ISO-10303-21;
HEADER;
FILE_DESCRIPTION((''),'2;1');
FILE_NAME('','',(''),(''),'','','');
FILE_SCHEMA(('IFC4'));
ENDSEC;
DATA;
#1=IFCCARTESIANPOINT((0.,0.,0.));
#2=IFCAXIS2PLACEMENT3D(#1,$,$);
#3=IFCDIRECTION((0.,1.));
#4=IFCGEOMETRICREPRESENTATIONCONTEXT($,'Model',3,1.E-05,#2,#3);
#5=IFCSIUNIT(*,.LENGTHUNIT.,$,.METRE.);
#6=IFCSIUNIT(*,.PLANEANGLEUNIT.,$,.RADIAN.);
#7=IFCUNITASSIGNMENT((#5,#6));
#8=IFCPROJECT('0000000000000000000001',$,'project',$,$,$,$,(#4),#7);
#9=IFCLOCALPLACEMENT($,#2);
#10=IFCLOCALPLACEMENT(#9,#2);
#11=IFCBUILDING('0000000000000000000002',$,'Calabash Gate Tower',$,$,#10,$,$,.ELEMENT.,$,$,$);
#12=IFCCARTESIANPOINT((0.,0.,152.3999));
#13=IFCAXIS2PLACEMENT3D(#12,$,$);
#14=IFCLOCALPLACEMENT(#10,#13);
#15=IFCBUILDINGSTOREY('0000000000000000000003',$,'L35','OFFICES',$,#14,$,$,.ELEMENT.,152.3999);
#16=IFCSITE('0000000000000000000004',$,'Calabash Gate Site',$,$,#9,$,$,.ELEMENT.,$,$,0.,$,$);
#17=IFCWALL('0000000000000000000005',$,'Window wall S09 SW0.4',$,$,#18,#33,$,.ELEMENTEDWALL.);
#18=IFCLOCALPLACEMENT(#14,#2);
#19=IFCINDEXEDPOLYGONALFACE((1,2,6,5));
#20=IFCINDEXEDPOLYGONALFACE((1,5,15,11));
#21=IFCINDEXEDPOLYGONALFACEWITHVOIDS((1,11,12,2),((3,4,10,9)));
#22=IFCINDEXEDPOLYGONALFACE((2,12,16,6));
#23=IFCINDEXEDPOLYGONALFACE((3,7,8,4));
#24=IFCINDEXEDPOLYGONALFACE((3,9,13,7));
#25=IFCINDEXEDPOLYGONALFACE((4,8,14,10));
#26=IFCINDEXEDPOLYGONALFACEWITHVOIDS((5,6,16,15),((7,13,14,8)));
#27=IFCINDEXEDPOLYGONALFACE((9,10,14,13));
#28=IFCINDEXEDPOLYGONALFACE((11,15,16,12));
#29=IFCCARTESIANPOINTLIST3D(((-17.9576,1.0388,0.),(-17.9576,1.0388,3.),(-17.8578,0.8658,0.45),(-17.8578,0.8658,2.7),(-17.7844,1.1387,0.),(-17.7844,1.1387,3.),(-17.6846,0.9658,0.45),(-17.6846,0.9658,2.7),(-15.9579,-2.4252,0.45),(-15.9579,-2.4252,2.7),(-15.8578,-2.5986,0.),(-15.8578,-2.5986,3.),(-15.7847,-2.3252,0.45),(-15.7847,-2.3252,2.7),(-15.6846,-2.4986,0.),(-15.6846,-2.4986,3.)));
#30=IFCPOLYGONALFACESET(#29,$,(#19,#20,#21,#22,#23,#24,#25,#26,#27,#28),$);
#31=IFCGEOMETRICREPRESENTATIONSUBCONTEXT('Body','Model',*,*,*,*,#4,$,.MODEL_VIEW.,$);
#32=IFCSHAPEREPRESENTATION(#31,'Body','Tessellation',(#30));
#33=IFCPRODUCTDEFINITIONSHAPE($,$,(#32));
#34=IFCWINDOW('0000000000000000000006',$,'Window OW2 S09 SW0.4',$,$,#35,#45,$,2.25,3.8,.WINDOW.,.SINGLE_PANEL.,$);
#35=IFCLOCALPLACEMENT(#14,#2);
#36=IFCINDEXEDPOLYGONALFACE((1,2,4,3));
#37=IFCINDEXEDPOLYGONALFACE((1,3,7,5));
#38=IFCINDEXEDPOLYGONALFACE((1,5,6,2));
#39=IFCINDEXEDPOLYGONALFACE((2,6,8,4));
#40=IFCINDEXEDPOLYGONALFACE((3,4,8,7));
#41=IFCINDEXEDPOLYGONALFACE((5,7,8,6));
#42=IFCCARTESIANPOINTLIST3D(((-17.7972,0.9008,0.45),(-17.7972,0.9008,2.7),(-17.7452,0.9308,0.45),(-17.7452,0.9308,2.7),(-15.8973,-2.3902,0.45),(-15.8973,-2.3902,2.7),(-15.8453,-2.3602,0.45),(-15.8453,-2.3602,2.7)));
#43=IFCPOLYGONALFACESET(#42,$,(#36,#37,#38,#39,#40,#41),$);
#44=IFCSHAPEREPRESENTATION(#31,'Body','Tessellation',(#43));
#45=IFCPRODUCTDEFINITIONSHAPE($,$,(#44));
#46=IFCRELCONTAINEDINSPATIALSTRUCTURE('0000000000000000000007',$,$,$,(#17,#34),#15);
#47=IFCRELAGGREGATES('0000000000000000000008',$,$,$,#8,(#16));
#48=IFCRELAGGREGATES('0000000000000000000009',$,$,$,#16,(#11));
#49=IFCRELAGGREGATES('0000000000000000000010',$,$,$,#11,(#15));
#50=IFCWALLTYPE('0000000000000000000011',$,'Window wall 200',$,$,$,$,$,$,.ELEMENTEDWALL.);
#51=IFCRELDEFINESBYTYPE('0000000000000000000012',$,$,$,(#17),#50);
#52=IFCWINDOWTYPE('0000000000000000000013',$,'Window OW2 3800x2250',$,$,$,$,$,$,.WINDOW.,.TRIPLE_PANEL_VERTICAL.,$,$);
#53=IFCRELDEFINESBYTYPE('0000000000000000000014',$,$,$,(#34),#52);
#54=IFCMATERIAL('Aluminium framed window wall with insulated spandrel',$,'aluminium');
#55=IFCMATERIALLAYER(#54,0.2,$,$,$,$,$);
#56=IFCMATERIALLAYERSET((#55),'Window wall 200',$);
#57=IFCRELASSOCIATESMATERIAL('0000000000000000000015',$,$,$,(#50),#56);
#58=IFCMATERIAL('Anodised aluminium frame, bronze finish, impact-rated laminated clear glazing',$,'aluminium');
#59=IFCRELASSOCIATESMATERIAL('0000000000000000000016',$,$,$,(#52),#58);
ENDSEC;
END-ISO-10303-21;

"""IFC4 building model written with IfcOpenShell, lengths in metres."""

from ifc_helpers import new_model, si_unit, direction, frame, frame_2d, origin, place, context, subcontext, project, spatial, rectangle, extrude, material, layer, layer_set, type_object, element, fill, save


model = new_model("IFC4")

# Units and contexts
model_context = context("Model", 3, precision=1e-05, world=origin(), true_north=direction((0.0, 1.0)))
body_context = subcontext(model_context, "Body", "Model", "MODEL_VIEW")
ifc_project = project(units=[si_unit("LENGTHUNIT", "METRE"), si_unit("PLANEANGLEUNIT", "RADIAN")], contexts=[model_context])

# Site, building, storey
site_placement = place(None, origin())
site = spatial("IfcSite", under=ifc_project, at=site_placement, Name="Calabash Gate Site", CompositionType="ELEMENT", RefElevation=0.0)
building_placement = place(site_placement, origin())
building = spatial("IfcBuilding", under=site, at=building_placement, Name="Calabash Gate Tower", CompositionType="ELEMENT")
storey_placement = place(building_placement, frame((0.0, 0.0, 152.3999)))
storey = spatial("IfcBuildingStorey", under=building, at=storey_placement, Name="L35", Description="OFFICES", CompositionType="ELEMENT", Elevation=152.3999)

# Shared definitions
ifc_material_1 = material(Name="Aluminium framed window wall with insulated spandrel", Category="aluminium")
ifc_layer_1 = layer(ifc_material_1, 0.2)
ifc_layer_set_1 = layer_set([ifc_layer_1], Name="Window wall 200")
wall_type_1 = type_object("IfcWallType", Name="Window wall 200", PredefinedType="ELEMENTEDWALL", material=ifc_layer_set_1)
ifc_material_2 = material(Name="Anodised aluminium frame, bronze finish, impact-rated laminated clear glazing", Category="aluminium")
window_type_1 = type_object("IfcWindowType", Name="Window OW2 3800x2250", PartitioningType="TRIPLE_PANEL_VERTICAL", PredefinedType="WINDOW", material=ifc_material_2)

# Wall, opening, window
wall_1_placement = place(storey_placement, frame((-17.8711, 1.0889, 0.0), z_axis=(0.0, 0.0, 1.0), x_axis=(0.499959, -0.866049, 0.0)))
wall_1 = element("IfcWall", 1, at=wall_1_placement, inside=storey, type_object=wall_type_1, Name="Window wall S09 SW0.4", PredefinedType="ELEMENTEDWALL", context=body_context, shape_type="SweptSolid", body=[
    extrude(rectangle(XDim=4.2, YDim=0.2, at=frame_2d((2.1001, 0.0))), origin(), (0.0, 0.0, 1.0), 3.0),
])
opening_1_placement = place(wall_1_placement, frame((0.2, 0.0, 0.45)))
opening_1 = element("IfcOpeningElement", 2, at=opening_1_placement, cuts=wall_1, PredefinedType="OPENING", context=body_context, shape_type="SweptSolid", body=[
    extrude(rectangle(XDim=3.8, YDim=2.25, at=frame_2d((1.8999, 1.125))), frame((0.0, 0.1099, 0.0), z_axis=(0.0, -1.0, 0.0), x_axis=(1.0, 0.0, 0.0)), (0.0, 0.0, 1.0), 0.22),
])
window_1_placement = place(opening_1_placement, origin())
window_1 = element("IfcWindow", 3, at=window_1_placement, inside=storey, type_object=window_type_1, Name="Window OW2 S09 SW0.4", OverallHeight=2.25, OverallWidth=3.8, PartitioningType="SINGLE_PANEL", PredefinedType="WINDOW", context=body_context, shape_type="SweptSolid", body=[
    extrude(rectangle(XDim=3.8, YDim=2.25, at=frame_2d((1.8999, 1.125))), frame((0.0, 0.03, 0.0), z_axis=(0.0, -1.0, 0.0), x_axis=(1.0, 0.0, 0.0)), (0.0, 0.0, 1.0), 0.0601),
])
fill(opening_1, window_1)

save(model, "model.ifc")
